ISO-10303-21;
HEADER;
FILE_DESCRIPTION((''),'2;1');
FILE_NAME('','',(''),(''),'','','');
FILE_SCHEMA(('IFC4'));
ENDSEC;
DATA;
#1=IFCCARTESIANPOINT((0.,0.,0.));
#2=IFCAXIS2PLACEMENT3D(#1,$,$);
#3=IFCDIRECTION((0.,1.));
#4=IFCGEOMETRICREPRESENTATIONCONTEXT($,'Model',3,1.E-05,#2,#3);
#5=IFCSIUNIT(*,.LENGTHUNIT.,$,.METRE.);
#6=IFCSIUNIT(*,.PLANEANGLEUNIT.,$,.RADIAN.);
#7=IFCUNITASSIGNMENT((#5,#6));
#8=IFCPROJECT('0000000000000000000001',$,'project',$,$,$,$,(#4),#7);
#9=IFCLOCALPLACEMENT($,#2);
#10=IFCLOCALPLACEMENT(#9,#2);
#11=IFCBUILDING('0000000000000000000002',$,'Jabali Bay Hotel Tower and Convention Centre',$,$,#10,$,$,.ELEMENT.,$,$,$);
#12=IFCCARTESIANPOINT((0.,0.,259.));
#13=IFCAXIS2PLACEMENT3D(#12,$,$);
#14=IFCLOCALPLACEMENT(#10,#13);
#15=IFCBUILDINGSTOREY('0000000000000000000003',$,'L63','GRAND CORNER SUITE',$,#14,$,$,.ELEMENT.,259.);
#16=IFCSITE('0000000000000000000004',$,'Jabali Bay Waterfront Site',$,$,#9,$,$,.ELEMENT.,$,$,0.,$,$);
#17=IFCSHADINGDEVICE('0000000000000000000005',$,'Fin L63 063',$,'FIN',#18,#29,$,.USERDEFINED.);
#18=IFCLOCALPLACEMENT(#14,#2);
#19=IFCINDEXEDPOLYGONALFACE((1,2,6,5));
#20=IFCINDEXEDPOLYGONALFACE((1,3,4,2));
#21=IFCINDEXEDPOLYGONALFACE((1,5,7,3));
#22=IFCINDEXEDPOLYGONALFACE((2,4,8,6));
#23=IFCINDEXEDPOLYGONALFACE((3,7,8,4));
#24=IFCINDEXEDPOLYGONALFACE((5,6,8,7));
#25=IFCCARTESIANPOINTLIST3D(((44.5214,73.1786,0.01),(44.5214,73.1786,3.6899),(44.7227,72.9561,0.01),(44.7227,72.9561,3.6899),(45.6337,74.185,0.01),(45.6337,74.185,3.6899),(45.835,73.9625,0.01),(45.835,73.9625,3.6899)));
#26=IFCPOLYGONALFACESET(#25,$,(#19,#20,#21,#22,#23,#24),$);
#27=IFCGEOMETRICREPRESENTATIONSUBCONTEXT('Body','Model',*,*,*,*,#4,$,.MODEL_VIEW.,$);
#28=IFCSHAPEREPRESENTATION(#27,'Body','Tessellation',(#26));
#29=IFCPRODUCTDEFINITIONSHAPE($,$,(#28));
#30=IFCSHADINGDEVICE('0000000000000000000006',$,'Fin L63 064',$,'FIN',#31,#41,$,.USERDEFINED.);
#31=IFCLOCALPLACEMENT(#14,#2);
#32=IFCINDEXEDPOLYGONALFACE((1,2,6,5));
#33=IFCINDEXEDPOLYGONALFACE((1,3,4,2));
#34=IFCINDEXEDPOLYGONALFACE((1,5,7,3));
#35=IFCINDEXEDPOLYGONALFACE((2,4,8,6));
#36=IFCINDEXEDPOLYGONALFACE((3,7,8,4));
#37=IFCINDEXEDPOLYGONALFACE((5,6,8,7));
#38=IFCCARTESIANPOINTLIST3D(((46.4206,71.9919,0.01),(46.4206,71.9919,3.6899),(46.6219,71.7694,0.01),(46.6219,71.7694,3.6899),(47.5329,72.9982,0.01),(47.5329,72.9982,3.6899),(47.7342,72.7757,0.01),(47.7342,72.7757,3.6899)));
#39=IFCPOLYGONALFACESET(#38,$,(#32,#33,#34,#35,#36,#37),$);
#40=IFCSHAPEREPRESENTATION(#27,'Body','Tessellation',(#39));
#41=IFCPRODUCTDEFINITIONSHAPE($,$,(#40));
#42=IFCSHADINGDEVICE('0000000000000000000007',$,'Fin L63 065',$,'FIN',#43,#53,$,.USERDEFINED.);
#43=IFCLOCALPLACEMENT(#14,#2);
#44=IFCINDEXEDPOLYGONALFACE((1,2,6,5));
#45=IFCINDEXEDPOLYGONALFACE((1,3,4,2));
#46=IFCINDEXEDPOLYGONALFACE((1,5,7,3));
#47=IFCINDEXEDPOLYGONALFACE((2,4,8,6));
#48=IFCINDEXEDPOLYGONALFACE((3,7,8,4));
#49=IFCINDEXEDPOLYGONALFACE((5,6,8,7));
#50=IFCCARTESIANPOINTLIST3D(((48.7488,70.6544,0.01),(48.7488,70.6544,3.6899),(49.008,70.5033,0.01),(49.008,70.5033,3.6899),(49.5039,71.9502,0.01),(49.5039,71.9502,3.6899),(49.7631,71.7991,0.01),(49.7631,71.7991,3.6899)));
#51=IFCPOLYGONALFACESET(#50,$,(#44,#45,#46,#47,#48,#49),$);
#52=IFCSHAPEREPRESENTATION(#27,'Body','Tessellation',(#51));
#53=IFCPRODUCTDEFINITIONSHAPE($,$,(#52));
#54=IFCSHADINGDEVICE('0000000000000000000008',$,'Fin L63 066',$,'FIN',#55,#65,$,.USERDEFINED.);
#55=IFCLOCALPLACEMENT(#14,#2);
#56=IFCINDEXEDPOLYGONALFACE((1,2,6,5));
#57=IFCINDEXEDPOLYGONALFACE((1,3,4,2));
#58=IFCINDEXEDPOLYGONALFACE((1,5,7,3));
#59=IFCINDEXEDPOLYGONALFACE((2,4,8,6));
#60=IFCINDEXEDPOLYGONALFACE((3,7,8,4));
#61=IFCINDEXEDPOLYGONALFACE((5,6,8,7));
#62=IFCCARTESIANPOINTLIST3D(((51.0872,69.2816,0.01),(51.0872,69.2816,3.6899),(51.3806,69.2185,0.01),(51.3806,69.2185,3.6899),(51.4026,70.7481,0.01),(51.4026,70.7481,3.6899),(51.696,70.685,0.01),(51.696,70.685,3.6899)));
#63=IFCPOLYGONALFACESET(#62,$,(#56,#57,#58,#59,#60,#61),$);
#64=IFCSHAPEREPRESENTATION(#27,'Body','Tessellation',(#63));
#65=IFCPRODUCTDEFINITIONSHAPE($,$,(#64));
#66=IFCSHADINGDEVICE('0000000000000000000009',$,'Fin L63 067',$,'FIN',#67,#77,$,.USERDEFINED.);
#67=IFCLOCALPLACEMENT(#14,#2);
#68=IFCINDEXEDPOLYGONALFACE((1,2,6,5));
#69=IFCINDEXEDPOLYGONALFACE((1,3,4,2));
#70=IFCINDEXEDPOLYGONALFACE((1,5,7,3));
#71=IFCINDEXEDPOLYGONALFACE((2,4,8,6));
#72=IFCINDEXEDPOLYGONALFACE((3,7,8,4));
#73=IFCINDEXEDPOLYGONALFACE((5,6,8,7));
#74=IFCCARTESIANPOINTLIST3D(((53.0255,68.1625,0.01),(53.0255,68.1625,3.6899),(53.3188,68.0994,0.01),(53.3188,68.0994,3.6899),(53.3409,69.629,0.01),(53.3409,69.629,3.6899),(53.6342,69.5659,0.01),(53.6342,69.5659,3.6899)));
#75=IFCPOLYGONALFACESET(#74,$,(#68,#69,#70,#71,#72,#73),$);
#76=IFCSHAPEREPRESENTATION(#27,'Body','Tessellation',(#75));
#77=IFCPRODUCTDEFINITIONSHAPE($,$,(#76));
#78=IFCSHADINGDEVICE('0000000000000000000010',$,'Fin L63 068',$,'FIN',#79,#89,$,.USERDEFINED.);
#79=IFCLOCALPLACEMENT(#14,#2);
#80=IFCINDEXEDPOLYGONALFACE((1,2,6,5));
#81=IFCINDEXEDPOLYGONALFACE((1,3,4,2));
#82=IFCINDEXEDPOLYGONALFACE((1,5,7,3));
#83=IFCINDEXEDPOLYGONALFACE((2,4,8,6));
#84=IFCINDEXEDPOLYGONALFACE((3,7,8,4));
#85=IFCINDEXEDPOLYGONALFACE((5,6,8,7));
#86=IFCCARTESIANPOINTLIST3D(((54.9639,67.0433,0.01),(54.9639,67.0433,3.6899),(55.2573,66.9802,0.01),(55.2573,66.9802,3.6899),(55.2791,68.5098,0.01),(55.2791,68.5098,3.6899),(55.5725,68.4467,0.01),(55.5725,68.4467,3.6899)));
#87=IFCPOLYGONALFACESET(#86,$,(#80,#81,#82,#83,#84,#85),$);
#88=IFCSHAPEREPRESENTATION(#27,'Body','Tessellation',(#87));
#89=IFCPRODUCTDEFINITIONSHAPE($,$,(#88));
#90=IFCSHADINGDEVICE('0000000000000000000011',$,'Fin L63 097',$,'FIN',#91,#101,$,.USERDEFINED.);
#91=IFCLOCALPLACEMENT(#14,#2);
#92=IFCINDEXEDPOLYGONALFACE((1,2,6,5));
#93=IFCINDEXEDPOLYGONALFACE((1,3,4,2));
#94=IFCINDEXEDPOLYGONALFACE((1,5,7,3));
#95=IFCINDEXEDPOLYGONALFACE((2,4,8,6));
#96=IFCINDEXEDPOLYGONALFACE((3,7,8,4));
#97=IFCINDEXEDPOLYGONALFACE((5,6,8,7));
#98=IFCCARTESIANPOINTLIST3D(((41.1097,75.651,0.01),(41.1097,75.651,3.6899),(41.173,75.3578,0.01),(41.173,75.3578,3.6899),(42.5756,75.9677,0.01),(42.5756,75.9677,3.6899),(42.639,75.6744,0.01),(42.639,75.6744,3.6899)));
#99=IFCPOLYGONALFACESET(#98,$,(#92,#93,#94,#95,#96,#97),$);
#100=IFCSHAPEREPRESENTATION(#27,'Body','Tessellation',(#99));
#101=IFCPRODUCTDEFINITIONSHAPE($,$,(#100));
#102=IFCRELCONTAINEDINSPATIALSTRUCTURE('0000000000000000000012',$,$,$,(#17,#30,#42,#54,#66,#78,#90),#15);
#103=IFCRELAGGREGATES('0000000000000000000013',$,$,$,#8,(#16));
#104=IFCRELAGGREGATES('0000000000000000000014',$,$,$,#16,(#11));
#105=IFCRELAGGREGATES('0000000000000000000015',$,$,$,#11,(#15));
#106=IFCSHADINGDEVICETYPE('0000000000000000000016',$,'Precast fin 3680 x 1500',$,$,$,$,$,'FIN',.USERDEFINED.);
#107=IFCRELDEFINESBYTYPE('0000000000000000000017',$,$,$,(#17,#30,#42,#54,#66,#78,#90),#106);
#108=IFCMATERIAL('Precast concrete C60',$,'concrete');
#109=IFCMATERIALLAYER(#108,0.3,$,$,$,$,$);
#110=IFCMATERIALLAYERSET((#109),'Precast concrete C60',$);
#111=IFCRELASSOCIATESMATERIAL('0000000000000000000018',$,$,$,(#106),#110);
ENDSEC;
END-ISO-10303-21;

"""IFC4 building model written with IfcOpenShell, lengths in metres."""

from ifc_helpers import new_model, si_unit, direction, frame, frame_2d, origin, place, context, subcontext, project, spatial, rectangle, extrude, material, layer, layer_set, type_object, element, save


model = new_model("IFC4")

# Units and contexts
model_context = context("Model", 3, precision=1e-05, world=origin(), true_north=direction((0.0, 1.0)))
body_context = subcontext(model_context, "Body", "Model", "MODEL_VIEW")
ifc_project = project(units=[si_unit("LENGTHUNIT", "METRE"), si_unit("PLANEANGLEUNIT", "RADIAN")], contexts=[model_context])

# Site, building, storey
site_placement = place(None, origin())
site = spatial("IfcSite", under=ifc_project, at=site_placement, Name="Jabali Bay Waterfront Site", CompositionType="ELEMENT", RefElevation=0.0)
building_placement = place(site_placement, origin())
building = spatial("IfcBuilding", under=site, at=building_placement, Name="Jabali Bay Hotel Tower and Convention Centre", CompositionType="ELEMENT")
storey_placement = place(building_placement, frame((0.0, 0.0, 259.0)))
storey = spatial("IfcBuildingStorey", under=building, at=storey_placement, Name="L63", Description="GRAND CORNER SUITE", CompositionType="ELEMENT", Elevation=259.0)

# Shading devices
ifc_material_1 = material(Name="Precast concrete C60", Category="concrete")
ifc_layer_1 = layer(ifc_material_1, 0.3)
ifc_layer_set_1 = layer_set([ifc_layer_1], Name="Precast concrete C60")
shading_device_type = type_object("IfcShadingDeviceType", Name="Precast fin 3680 x 1500", ElementType="FIN", PredefinedType="USERDEFINED", material=ifc_layer_set_1)
for number, where, z_axis, x_axis, name in (
    (1, (45.7344, 74.0737, 0.01), (0.0, 0.0, 1.0), (-0.741543, -0.670905, 0.0), "Fin L63 063"),
    (2, (47.6335, 72.887, 0.01), (0.0, 0.0, 1.0), (-0.741543, -0.670905, 0.0), "Fin L63 064"),
):
    element("IfcShadingDevice", number, at=place(storey_placement, frame(where, z_axis=z_axis, x_axis=x_axis)), inside=storey, type_object=shading_device_type, Name=name, ObjectType="FIN", PredefinedType="USERDEFINED", context=body_context, shape_type="SweptSolid", body=[
        extrude(rectangle(XDim=1.5, YDim=0.3, at=frame_2d((0.75, 0.0))), origin(), (0.0, 0.0, 1.0), 3.6799),
    ])
shading_device_1_placement = place(storey_placement, frame((49.6335, 71.8748, 0.01), z_axis=(0.0, 0.0, 1.0), x_axis=(-0.503466, -0.864015, 0.0)))
element("IfcShadingDevice", 3, at=shading_device_1_placement, inside=storey, type_object=shading_device_type, Name="Fin L63 065", ObjectType="FIN", PredefinedType="USERDEFINED", context=body_context, shape_type="SweptSolid", body=[
    extrude(rectangle(XDim=1.4998, YDim=0.3, at=frame_2d((0.75, 0.0))), origin(), (0.0, 0.0, 1.0), 3.6799),
])
for number, where, z_axis, x_axis, name in (
    (4, (51.5493, 70.7166, 0.01), (0.0, 0.0, 1.0), (-0.210274, -0.977643, 0.0), "Fin L63 066"),
    (5, (53.4875, 69.5974, 0.01), (0.0, 0.0, 1.0), (-0.210274, -0.977643, 0.0), "Fin L63 067"),
    (6, (55.4258, 68.4783, 0.01), (0.0, 0.0, 1.0), (-0.210118, -0.977676, 0.0), "Fin L63 068"),
):
    element("IfcShadingDevice", number, at=place(storey_placement, frame(where, z_axis=z_axis, x_axis=x_axis)), inside=storey, type_object=shading_device_type, Name=name, ObjectType="FIN", PredefinedType="USERDEFINED", context=body_context, shape_type="SweptSolid", body=[
        extrude(rectangle(XDim=1.5, YDim=0.3, at=frame_2d((0.75, 0.0))), origin(), (0.0, 0.0, 1.0), 3.6799),
    ])
shading_device_2_placement = place(storey_placement, frame((42.6074, 75.821, 0.01), z_axis=(0.0, 0.0, 1.0), x_axis=(-0.97746, -0.211118, 0.0)))
element("IfcShadingDevice", 7, at=shading_device_2_placement, inside=storey, type_object=shading_device_type, Name="Fin L63 097", ObjectType="FIN", PredefinedType="USERDEFINED", context=body_context, shape_type="SweptSolid", body=[
    extrude(rectangle(XDim=1.4998, YDim=0.3, at=frame_2d((0.75, 0.0))), origin(), (0.0, 0.0, 1.0), 3.6799),
])

save(model, "model.ifc")
